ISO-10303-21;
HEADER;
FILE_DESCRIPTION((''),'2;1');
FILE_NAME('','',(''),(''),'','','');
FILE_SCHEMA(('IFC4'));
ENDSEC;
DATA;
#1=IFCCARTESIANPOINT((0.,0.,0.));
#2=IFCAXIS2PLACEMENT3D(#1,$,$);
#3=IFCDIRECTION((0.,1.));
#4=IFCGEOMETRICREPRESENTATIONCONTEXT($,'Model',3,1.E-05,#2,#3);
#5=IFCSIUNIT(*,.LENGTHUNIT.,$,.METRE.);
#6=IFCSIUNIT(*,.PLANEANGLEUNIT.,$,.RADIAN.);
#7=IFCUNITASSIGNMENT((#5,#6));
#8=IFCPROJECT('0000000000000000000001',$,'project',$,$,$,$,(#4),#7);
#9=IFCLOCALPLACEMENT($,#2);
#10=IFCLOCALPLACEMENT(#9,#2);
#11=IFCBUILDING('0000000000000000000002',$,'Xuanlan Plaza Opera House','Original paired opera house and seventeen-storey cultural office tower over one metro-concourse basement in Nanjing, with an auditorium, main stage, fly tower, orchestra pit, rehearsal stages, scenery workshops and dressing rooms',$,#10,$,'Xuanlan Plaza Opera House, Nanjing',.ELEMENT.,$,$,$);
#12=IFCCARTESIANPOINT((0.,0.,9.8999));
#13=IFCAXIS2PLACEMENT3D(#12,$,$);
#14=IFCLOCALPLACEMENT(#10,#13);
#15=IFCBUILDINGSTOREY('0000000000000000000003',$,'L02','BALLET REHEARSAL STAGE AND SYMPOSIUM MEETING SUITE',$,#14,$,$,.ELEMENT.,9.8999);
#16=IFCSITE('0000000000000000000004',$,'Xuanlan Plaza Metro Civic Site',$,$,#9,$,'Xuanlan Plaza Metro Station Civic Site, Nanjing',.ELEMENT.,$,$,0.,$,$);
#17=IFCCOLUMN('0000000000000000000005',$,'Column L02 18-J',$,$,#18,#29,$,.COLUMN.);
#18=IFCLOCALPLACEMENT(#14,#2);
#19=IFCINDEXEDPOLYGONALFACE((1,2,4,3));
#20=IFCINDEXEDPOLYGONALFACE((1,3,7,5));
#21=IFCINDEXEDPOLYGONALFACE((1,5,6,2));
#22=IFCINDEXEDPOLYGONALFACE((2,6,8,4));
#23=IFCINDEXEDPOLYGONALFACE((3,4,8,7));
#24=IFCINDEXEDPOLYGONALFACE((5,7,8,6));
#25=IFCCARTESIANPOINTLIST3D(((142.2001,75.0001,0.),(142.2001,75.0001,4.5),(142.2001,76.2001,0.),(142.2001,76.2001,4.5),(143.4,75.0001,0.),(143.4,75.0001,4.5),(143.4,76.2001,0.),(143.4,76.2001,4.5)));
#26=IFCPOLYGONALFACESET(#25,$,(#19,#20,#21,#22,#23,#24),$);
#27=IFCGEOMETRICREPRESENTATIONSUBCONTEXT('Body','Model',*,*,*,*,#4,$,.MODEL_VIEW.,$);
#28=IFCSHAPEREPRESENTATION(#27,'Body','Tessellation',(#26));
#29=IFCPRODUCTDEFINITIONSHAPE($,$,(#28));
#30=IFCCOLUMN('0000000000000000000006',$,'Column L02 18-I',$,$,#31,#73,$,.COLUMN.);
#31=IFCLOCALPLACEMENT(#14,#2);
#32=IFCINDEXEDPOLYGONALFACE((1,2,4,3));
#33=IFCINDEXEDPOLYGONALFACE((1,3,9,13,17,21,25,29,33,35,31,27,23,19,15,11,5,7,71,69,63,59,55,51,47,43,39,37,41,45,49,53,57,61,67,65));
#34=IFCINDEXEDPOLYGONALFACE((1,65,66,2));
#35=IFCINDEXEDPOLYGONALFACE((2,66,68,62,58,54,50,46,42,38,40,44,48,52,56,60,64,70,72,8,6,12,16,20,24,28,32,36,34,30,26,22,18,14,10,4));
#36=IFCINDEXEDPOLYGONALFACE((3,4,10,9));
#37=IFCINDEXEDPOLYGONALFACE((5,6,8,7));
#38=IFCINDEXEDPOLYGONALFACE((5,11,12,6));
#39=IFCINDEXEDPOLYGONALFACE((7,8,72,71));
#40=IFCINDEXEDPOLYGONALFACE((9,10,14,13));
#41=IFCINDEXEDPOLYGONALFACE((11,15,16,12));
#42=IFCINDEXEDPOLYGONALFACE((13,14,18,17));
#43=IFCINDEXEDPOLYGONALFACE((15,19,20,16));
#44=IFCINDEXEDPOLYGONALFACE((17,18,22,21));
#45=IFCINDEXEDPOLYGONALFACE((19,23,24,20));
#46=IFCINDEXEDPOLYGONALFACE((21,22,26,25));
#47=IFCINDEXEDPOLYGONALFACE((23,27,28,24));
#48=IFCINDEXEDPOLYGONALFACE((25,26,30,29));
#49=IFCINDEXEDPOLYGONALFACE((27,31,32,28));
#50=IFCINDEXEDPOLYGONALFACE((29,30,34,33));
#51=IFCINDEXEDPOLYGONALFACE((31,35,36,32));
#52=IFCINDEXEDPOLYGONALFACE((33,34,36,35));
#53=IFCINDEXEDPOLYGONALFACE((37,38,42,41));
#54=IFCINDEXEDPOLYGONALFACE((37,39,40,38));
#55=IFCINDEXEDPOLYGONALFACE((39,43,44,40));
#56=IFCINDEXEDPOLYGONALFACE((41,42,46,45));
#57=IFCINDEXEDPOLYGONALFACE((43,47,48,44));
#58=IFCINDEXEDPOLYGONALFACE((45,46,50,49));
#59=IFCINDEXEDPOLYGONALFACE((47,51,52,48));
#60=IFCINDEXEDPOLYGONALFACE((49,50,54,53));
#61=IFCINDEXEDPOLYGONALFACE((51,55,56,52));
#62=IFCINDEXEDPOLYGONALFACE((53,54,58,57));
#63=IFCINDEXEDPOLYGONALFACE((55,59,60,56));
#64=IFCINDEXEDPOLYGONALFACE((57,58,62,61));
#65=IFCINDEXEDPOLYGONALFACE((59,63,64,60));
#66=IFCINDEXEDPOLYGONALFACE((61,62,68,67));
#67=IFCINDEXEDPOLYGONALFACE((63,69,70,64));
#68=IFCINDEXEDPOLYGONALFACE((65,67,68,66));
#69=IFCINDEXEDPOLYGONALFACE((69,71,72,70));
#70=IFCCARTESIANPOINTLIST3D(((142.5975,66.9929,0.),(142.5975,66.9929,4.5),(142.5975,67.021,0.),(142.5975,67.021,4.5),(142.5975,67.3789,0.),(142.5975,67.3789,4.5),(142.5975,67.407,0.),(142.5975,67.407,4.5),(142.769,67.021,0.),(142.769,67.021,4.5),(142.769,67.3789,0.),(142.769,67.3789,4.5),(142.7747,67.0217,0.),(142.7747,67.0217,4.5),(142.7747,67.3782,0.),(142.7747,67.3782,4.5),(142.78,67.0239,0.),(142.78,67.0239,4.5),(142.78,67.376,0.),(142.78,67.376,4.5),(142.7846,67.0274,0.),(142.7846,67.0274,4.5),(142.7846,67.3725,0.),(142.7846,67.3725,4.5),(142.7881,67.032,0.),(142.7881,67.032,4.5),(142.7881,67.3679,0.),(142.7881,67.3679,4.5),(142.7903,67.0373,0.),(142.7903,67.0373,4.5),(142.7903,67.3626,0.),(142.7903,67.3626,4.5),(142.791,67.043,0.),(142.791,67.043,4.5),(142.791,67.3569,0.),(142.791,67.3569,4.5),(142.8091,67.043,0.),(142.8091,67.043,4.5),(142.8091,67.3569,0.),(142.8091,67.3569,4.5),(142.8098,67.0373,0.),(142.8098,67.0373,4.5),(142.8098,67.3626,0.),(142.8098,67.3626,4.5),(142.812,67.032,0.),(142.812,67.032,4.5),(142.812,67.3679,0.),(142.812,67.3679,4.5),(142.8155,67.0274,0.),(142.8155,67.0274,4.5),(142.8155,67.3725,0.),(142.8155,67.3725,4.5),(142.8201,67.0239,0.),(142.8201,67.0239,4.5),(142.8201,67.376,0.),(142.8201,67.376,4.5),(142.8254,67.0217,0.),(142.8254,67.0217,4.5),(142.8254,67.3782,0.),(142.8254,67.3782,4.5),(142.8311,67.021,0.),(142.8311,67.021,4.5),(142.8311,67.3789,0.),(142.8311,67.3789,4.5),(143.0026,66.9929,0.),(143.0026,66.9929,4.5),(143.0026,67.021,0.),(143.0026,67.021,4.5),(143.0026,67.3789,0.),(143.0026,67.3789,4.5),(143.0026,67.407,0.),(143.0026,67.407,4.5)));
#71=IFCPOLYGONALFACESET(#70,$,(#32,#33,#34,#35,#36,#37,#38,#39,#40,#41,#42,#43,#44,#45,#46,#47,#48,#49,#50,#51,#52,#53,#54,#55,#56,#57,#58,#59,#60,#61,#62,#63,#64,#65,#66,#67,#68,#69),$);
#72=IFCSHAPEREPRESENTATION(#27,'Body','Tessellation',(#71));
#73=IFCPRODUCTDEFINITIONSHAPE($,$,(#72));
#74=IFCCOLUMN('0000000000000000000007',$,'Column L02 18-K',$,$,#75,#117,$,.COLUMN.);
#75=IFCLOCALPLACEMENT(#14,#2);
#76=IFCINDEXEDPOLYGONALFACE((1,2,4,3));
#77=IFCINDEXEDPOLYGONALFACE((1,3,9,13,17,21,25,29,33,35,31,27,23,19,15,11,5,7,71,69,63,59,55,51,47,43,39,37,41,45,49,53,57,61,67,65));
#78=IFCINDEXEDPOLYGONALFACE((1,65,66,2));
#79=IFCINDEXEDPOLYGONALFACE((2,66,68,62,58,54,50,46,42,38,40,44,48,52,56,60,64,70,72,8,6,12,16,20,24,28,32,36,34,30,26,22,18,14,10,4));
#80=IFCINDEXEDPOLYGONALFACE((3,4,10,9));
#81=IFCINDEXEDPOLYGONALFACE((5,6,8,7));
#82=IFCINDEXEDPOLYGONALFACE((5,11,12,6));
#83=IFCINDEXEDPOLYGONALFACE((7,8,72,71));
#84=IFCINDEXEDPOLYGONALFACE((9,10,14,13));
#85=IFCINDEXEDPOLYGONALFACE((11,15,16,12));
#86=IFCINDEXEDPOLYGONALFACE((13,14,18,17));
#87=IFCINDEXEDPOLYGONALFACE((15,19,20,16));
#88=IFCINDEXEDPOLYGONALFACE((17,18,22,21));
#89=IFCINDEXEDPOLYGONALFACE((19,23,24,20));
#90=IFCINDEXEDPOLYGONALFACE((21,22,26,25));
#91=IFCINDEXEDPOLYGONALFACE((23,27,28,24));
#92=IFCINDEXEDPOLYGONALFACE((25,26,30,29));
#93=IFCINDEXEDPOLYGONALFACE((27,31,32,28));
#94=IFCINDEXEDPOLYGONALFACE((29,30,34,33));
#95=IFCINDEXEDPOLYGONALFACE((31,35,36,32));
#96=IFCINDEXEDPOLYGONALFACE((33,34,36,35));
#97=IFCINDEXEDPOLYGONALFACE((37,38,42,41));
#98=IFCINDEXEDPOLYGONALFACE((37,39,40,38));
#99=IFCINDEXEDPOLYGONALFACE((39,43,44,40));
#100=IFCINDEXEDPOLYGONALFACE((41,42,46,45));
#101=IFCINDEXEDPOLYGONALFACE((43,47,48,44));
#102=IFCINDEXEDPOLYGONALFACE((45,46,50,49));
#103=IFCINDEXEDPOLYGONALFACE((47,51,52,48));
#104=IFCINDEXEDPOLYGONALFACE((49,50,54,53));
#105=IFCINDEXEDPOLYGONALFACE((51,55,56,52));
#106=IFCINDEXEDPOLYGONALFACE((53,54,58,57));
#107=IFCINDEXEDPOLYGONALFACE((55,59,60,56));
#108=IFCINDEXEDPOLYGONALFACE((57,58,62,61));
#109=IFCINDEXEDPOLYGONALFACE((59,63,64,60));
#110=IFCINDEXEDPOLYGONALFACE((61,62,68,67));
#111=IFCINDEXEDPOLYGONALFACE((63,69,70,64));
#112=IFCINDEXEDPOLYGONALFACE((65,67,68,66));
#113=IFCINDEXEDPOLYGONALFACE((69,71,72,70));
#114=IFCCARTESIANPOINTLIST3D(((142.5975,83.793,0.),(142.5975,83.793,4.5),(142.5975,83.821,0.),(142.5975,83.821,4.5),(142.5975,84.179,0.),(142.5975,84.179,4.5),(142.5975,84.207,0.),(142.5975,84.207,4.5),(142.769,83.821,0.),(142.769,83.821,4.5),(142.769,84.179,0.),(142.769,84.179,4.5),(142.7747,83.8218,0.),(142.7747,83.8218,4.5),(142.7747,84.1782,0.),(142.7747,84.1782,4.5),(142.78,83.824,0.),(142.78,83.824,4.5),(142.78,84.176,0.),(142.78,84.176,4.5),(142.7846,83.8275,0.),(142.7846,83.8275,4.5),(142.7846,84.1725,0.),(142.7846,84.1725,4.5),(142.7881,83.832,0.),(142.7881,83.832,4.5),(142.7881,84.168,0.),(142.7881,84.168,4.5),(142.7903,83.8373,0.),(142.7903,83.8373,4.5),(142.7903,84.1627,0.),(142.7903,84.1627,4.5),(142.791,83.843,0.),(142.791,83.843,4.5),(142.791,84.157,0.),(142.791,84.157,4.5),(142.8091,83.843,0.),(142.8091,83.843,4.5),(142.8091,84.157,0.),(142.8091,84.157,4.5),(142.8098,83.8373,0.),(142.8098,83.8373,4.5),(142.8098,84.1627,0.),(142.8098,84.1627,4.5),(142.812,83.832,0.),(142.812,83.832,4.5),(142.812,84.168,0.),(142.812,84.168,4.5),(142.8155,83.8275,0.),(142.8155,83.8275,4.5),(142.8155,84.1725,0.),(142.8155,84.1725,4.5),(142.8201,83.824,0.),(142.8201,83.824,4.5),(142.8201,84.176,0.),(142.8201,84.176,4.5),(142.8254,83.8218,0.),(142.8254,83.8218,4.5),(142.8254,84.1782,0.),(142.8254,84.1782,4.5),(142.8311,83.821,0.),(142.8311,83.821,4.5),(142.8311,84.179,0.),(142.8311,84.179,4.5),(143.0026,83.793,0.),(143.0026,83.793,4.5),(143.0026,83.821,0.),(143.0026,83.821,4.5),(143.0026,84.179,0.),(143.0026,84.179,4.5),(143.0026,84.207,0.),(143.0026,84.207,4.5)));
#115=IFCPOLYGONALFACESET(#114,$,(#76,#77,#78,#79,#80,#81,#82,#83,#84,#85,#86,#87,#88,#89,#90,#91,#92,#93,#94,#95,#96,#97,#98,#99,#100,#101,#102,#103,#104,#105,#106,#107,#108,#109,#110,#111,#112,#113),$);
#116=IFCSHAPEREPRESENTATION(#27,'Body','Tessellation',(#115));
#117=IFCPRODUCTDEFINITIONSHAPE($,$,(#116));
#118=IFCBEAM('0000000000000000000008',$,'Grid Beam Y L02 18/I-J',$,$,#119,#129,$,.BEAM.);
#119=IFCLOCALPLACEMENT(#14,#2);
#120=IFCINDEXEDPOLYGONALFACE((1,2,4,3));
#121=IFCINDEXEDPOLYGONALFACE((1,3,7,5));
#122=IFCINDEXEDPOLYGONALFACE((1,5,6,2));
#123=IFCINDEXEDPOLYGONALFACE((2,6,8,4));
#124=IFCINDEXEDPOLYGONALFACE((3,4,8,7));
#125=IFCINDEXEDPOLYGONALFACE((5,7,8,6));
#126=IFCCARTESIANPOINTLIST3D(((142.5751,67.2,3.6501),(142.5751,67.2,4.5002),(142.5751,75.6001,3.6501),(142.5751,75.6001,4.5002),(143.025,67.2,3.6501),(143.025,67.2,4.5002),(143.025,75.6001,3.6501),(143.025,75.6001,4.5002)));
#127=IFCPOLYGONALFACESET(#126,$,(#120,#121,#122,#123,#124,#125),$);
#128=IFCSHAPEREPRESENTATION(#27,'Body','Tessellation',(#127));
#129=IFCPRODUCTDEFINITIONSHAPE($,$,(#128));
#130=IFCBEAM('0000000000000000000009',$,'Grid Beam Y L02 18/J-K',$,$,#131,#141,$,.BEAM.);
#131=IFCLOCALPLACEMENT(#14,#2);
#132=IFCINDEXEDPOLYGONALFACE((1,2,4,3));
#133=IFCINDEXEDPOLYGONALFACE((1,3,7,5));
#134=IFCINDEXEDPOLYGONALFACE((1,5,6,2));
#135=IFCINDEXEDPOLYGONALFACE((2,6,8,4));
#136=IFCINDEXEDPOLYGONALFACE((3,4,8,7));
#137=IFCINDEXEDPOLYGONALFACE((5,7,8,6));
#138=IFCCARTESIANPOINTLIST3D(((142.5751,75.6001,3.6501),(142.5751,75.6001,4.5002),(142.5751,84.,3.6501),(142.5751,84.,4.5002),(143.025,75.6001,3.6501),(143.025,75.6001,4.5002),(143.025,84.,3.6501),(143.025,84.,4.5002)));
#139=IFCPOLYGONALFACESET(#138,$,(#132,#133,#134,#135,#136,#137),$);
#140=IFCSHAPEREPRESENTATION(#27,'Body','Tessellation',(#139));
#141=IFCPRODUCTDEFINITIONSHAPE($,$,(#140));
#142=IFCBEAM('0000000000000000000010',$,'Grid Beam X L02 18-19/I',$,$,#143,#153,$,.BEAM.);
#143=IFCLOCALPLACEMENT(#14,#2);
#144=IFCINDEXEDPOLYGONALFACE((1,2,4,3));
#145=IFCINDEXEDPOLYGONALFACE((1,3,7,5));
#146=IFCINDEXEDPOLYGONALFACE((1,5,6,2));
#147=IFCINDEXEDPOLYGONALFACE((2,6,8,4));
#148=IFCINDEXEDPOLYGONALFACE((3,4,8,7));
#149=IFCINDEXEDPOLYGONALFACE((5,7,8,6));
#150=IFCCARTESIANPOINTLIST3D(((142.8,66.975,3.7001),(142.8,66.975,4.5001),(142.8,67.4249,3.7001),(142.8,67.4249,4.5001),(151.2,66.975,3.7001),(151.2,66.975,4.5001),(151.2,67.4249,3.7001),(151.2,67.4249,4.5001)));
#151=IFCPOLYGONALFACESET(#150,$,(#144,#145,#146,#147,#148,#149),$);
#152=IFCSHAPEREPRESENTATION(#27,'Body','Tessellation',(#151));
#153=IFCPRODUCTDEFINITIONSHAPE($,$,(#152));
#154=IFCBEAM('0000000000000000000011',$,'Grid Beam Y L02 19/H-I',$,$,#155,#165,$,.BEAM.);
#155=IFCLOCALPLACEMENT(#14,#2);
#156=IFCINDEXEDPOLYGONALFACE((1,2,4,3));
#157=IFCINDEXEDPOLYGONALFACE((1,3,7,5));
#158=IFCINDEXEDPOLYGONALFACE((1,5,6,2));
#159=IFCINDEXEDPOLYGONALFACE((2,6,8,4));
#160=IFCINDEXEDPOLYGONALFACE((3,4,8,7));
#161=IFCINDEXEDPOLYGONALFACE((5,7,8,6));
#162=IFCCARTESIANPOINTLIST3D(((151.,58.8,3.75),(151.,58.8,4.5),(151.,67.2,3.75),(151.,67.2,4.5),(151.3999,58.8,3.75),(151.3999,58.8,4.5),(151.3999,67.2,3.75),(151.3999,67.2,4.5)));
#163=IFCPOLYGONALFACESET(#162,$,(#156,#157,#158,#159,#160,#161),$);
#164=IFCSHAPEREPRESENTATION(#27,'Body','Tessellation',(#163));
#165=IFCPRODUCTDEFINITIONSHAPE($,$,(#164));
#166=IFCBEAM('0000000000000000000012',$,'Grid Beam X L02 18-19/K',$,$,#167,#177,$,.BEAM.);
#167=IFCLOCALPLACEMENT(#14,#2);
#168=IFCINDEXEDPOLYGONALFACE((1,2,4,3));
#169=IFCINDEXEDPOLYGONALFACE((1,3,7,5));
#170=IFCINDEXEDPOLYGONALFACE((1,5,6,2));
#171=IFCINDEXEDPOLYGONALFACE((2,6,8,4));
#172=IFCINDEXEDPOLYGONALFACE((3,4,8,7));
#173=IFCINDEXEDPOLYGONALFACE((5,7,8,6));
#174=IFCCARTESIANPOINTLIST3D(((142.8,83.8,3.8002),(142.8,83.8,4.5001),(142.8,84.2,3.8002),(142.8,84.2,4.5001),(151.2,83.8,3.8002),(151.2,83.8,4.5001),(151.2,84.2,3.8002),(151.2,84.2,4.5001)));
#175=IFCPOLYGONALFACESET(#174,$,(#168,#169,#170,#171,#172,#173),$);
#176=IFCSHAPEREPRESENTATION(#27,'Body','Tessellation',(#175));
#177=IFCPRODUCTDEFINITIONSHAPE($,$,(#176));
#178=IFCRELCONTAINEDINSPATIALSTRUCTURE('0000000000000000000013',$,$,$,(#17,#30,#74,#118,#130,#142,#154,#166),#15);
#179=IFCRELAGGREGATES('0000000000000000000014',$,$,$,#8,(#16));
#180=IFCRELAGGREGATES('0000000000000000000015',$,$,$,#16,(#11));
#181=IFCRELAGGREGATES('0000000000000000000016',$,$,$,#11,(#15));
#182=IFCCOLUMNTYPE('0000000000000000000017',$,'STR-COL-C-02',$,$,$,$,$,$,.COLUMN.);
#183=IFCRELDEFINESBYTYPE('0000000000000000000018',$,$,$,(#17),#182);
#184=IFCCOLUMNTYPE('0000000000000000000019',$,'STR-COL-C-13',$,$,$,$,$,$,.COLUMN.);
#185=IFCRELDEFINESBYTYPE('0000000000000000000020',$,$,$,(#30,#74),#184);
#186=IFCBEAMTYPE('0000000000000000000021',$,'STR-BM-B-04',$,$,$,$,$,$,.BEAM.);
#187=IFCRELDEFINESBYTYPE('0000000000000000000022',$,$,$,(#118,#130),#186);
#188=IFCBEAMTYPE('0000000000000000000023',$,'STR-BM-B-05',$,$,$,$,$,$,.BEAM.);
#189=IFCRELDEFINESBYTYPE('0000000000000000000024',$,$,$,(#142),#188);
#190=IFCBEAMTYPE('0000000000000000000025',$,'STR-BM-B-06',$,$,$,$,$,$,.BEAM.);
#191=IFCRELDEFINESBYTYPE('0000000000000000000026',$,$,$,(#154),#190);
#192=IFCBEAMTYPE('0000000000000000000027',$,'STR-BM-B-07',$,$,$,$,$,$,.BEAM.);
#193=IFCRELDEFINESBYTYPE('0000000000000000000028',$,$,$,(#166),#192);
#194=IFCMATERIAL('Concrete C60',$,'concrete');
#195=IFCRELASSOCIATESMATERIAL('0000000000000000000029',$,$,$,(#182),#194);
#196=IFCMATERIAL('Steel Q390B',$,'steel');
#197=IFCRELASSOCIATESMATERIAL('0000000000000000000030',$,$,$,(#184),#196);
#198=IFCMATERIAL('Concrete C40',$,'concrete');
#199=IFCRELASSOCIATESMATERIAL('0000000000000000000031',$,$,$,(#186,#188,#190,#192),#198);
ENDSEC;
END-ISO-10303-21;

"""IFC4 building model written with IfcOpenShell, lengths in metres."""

from ifc_helpers import new_model, si_unit, direction, frame, origin, origin_2d, place, context, subcontext, project, spatial, rectangle, i_section, extrude, material, material_profile, profile_set, type_object, element, save


model = new_model("IFC4")

# Units and contexts
model_context = context("Model", 3, precision=1e-05, world=origin(), true_north=direction((0.0, 1.0)))
body_context = subcontext(model_context, "Body", "Model", "MODEL_VIEW")
ifc_project = project(units=[si_unit("LENGTHUNIT", "METRE"), si_unit("PLANEANGLEUNIT", "RADIAN")], contexts=[model_context])

# Site, building, storey
site_placement = place(None, origin())
site = spatial("IfcSite", under=ifc_project, at=site_placement, Name="Xuanlan Plaza Metro Civic Site", LongName="Xuanlan Plaza Metro Station Civic Site, Nanjing", CompositionType="ELEMENT", RefElevation=0.0)
building_placement = place(site_placement, origin())
building = spatial("IfcBuilding", under=site, at=building_placement, Name="Xuanlan Plaza Opera House", Description="Original paired opera house and seventeen-storey cultural office tower over one metro-concourse basement in Nanjing, with an auditorium, main stage, fly tower, orchestra pit, rehearsal stages, scenery workshops and dressing rooms", LongName="Xuanlan Plaza Opera House, Nanjing", CompositionType="ELEMENT")
storey_placement = place(building_placement, frame((0.0, 0.0, 9.8999)))
storey = spatial("IfcBuildingStorey", under=building, at=storey_placement, Name="L02", Description="BALLET REHEARSAL STAGE AND SYMPOSIUM MEETING SUITE", CompositionType="ELEMENT", Elevation=9.8999)

# Columns
ifc_material_1 = material(Name="Concrete C60", Category="concrete")
ifc_material_profile_1 = material_profile(ifc_material_1, rectangle(XDim=1.2, YDim=1.2, at=origin_2d()), Name="RC-COL 1200x1200")
ifc_profile_set_1 = profile_set([ifc_material_profile_1], Name="Concrete C60")
column_type_1 = type_object("IfcColumnType", Name="STR-COL-C-02", PredefinedType="COLUMN", material=ifc_profile_set_1)
column_placement = place(storey_placement, frame((142.8, 75.6001, 0.0), z_axis=(0.0, 0.0, 1.0), x_axis=(1.0, 0.0, 0.0)))
element("IfcColumn", 1, at=column_placement, inside=storey, type_object=column_type_1, Name="Column L02 18-J", PredefinedType="COLUMN", context=body_context, shape_type="SweptSolid", body=[
    extrude(rectangle(XDim=1.2, YDim=1.2, at=origin_2d()), origin(), (0.0, 0.0, 1.0), 4.5),
])
ifc_material_2 = material(Name="Steel Q390B", Category="steel")
ifc_material_profile_2 = material_profile(ifc_material_2, i_section(OverallWidth=0.405, OverallDepth=0.4141, WebThickness=0.0181, FlangeThickness=0.0281, FilletRadius=0.022, at=origin_2d()), Name="HW 414x405x18x28")
ifc_profile_set_2 = profile_set([ifc_material_profile_2], Name="Steel Q390B")
column_type_2 = type_object("IfcColumnType", Name="STR-COL-C-13", PredefinedType="COLUMN", material=ifc_profile_set_2)
for number, where, z_axis, x_axis, name in (
    (2, (142.8, 67.2, 0.0), (0.0, 0.0, 1.0), (1.0, 0.0, 0.0), "Column L02 18-I"),
    (3, (142.8, 84.0, 0.0), (0.0, 0.0, 1.0), (1.0, 0.0, 0.0), "Column L02 18-K"),
):
    element("IfcColumn", number, at=place(storey_placement, frame(where, z_axis=z_axis, x_axis=x_axis)), inside=storey, type_object=column_type_2, Name=name, PredefinedType="COLUMN", context=body_context, shape_type="SweptSolid", body=[
        extrude(i_section(OverallWidth=0.405, OverallDepth=0.4141, WebThickness=0.0181, FlangeThickness=0.0281, FilletRadius=0.022, at=origin_2d()), origin(), (0.0, 0.0, 1.0), 4.5),
    ])

# Beams
ifc_material_3 = material(Name="Concrete C40", Category="concrete")
ifc_material_profile_3 = material_profile(ifc_material_3, rectangle(XDim=0.45, YDim=0.8501, at=origin_2d()), Name="RC-BM 450x850")
ifc_profile_set_3 = profile_set([ifc_material_profile_3], Name="Concrete C40")
beam_type_1 = type_object("IfcBeamType", Name="STR-BM-B-04", PredefinedType="BEAM", material=ifc_profile_set_3)
beam_1_placement = place(storey_placement, frame((142.8, 67.2, 4.0752), z_axis=(0.0, 1.0, 0.0), x_axis=(-1.0, 0.0, 0.0)))
element("IfcBeam", 4, at=beam_1_placement, inside=storey, type_object=beam_type_1, Name="Grid Beam Y L02 18/I-J", PredefinedType="BEAM", context=body_context, shape_type="SweptSolid", body=[
    extrude(rectangle(XDim=0.45, YDim=0.8501, at=origin_2d()), origin(), (0.0, 0.0, 1.0), 8.4001),
])
beam_2_placement = place(storey_placement, frame((142.8, 75.6001, 4.0752), z_axis=(0.0, 1.0, 0.0), x_axis=(-1.0, 0.0, 0.0)))
element("IfcBeam", 5, at=beam_2_placement, inside=storey, type_object=beam_type_1, Name="Grid Beam Y L02 18/J-K", PredefinedType="BEAM", context=body_context, shape_type="SweptSolid", body=[
    extrude(rectangle(XDim=0.45, YDim=0.8501, at=origin_2d()), origin(), (0.0, 0.0, 1.0), 8.3999),
])
ifc_material_profile_4 = material_profile(ifc_material_3, rectangle(XDim=0.45, YDim=0.8, at=origin_2d()), Name="RC-BM 450x800")
ifc_profile_set_4 = profile_set([ifc_material_profile_4], Name="Concrete C40")
beam_type_2 = type_object("IfcBeamType", Name="STR-BM-B-05", PredefinedType="BEAM", material=ifc_profile_set_4)
beam_3_placement = place(storey_placement, frame((142.8, 67.2, 4.1001), z_axis=(1.0, 0.0, 0.0), x_axis=(0.0, 1.0, 0.0)))
element("IfcBeam", 6, at=beam_3_placement, inside=storey, type_object=beam_type_2, Name="Grid Beam X L02 18-19/I", PredefinedType="BEAM", context=body_context, shape_type="SweptSolid", body=[
    extrude(rectangle(XDim=0.45, YDim=0.8, at=origin_2d()), origin(), (0.0, 0.0, 1.0), 8.3999),
])
ifc_material_profile_5 = material_profile(ifc_material_3, rectangle(XDim=0.3999, YDim=0.75, at=origin_2d()), Name="RC-BM 400x750")
ifc_profile_set_5 = profile_set([ifc_material_profile_5], Name="Concrete C40")
beam_type_3 = type_object("IfcBeamType", Name="STR-BM-B-06", PredefinedType="BEAM", material=ifc_profile_set_5)
beam_4_placement = place(storey_placement, frame((151.2, 58.8, 4.125), z_axis=(0.0, 1.0, 0.0), x_axis=(-1.0, 0.0, 0.0)))
element("IfcBeam", 7, at=beam_4_placement, inside=storey, type_object=beam_type_3, Name="Grid Beam Y L02 19/H-I", PredefinedType="BEAM", context=body_context, shape_type="SweptSolid", body=[
    extrude(rectangle(XDim=0.3999, YDim=0.75, at=origin_2d()), origin(), (0.0, 0.0, 1.0), 8.3999),
])
ifc_material_profile_6 = material_profile(ifc_material_3, rectangle(XDim=0.3999, YDim=0.7, at=origin_2d()), Name="RC-BM 400x700")
ifc_profile_set_6 = profile_set([ifc_material_profile_6], Name="Concrete C40")
beam_type_4 = type_object("IfcBeamType", Name="STR-BM-B-07", PredefinedType="BEAM", material=ifc_profile_set_6)
beam_5_placement = place(storey_placement, frame((142.8, 84.0, 4.1501), z_axis=(1.0, 0.0, 0.0), x_axis=(0.0, 1.0, 0.0)))
element("IfcBeam", 8, at=beam_5_placement, inside=storey, type_object=beam_type_4, Name="Grid Beam X L02 18-19/K", PredefinedType="BEAM", context=body_context, shape_type="SweptSolid", body=[
    extrude(rectangle(XDim=0.3999, YDim=0.7, at=origin_2d()), origin(), (0.0, 0.0, 1.0), 8.3999),
])

save(model, "model.ifc")
